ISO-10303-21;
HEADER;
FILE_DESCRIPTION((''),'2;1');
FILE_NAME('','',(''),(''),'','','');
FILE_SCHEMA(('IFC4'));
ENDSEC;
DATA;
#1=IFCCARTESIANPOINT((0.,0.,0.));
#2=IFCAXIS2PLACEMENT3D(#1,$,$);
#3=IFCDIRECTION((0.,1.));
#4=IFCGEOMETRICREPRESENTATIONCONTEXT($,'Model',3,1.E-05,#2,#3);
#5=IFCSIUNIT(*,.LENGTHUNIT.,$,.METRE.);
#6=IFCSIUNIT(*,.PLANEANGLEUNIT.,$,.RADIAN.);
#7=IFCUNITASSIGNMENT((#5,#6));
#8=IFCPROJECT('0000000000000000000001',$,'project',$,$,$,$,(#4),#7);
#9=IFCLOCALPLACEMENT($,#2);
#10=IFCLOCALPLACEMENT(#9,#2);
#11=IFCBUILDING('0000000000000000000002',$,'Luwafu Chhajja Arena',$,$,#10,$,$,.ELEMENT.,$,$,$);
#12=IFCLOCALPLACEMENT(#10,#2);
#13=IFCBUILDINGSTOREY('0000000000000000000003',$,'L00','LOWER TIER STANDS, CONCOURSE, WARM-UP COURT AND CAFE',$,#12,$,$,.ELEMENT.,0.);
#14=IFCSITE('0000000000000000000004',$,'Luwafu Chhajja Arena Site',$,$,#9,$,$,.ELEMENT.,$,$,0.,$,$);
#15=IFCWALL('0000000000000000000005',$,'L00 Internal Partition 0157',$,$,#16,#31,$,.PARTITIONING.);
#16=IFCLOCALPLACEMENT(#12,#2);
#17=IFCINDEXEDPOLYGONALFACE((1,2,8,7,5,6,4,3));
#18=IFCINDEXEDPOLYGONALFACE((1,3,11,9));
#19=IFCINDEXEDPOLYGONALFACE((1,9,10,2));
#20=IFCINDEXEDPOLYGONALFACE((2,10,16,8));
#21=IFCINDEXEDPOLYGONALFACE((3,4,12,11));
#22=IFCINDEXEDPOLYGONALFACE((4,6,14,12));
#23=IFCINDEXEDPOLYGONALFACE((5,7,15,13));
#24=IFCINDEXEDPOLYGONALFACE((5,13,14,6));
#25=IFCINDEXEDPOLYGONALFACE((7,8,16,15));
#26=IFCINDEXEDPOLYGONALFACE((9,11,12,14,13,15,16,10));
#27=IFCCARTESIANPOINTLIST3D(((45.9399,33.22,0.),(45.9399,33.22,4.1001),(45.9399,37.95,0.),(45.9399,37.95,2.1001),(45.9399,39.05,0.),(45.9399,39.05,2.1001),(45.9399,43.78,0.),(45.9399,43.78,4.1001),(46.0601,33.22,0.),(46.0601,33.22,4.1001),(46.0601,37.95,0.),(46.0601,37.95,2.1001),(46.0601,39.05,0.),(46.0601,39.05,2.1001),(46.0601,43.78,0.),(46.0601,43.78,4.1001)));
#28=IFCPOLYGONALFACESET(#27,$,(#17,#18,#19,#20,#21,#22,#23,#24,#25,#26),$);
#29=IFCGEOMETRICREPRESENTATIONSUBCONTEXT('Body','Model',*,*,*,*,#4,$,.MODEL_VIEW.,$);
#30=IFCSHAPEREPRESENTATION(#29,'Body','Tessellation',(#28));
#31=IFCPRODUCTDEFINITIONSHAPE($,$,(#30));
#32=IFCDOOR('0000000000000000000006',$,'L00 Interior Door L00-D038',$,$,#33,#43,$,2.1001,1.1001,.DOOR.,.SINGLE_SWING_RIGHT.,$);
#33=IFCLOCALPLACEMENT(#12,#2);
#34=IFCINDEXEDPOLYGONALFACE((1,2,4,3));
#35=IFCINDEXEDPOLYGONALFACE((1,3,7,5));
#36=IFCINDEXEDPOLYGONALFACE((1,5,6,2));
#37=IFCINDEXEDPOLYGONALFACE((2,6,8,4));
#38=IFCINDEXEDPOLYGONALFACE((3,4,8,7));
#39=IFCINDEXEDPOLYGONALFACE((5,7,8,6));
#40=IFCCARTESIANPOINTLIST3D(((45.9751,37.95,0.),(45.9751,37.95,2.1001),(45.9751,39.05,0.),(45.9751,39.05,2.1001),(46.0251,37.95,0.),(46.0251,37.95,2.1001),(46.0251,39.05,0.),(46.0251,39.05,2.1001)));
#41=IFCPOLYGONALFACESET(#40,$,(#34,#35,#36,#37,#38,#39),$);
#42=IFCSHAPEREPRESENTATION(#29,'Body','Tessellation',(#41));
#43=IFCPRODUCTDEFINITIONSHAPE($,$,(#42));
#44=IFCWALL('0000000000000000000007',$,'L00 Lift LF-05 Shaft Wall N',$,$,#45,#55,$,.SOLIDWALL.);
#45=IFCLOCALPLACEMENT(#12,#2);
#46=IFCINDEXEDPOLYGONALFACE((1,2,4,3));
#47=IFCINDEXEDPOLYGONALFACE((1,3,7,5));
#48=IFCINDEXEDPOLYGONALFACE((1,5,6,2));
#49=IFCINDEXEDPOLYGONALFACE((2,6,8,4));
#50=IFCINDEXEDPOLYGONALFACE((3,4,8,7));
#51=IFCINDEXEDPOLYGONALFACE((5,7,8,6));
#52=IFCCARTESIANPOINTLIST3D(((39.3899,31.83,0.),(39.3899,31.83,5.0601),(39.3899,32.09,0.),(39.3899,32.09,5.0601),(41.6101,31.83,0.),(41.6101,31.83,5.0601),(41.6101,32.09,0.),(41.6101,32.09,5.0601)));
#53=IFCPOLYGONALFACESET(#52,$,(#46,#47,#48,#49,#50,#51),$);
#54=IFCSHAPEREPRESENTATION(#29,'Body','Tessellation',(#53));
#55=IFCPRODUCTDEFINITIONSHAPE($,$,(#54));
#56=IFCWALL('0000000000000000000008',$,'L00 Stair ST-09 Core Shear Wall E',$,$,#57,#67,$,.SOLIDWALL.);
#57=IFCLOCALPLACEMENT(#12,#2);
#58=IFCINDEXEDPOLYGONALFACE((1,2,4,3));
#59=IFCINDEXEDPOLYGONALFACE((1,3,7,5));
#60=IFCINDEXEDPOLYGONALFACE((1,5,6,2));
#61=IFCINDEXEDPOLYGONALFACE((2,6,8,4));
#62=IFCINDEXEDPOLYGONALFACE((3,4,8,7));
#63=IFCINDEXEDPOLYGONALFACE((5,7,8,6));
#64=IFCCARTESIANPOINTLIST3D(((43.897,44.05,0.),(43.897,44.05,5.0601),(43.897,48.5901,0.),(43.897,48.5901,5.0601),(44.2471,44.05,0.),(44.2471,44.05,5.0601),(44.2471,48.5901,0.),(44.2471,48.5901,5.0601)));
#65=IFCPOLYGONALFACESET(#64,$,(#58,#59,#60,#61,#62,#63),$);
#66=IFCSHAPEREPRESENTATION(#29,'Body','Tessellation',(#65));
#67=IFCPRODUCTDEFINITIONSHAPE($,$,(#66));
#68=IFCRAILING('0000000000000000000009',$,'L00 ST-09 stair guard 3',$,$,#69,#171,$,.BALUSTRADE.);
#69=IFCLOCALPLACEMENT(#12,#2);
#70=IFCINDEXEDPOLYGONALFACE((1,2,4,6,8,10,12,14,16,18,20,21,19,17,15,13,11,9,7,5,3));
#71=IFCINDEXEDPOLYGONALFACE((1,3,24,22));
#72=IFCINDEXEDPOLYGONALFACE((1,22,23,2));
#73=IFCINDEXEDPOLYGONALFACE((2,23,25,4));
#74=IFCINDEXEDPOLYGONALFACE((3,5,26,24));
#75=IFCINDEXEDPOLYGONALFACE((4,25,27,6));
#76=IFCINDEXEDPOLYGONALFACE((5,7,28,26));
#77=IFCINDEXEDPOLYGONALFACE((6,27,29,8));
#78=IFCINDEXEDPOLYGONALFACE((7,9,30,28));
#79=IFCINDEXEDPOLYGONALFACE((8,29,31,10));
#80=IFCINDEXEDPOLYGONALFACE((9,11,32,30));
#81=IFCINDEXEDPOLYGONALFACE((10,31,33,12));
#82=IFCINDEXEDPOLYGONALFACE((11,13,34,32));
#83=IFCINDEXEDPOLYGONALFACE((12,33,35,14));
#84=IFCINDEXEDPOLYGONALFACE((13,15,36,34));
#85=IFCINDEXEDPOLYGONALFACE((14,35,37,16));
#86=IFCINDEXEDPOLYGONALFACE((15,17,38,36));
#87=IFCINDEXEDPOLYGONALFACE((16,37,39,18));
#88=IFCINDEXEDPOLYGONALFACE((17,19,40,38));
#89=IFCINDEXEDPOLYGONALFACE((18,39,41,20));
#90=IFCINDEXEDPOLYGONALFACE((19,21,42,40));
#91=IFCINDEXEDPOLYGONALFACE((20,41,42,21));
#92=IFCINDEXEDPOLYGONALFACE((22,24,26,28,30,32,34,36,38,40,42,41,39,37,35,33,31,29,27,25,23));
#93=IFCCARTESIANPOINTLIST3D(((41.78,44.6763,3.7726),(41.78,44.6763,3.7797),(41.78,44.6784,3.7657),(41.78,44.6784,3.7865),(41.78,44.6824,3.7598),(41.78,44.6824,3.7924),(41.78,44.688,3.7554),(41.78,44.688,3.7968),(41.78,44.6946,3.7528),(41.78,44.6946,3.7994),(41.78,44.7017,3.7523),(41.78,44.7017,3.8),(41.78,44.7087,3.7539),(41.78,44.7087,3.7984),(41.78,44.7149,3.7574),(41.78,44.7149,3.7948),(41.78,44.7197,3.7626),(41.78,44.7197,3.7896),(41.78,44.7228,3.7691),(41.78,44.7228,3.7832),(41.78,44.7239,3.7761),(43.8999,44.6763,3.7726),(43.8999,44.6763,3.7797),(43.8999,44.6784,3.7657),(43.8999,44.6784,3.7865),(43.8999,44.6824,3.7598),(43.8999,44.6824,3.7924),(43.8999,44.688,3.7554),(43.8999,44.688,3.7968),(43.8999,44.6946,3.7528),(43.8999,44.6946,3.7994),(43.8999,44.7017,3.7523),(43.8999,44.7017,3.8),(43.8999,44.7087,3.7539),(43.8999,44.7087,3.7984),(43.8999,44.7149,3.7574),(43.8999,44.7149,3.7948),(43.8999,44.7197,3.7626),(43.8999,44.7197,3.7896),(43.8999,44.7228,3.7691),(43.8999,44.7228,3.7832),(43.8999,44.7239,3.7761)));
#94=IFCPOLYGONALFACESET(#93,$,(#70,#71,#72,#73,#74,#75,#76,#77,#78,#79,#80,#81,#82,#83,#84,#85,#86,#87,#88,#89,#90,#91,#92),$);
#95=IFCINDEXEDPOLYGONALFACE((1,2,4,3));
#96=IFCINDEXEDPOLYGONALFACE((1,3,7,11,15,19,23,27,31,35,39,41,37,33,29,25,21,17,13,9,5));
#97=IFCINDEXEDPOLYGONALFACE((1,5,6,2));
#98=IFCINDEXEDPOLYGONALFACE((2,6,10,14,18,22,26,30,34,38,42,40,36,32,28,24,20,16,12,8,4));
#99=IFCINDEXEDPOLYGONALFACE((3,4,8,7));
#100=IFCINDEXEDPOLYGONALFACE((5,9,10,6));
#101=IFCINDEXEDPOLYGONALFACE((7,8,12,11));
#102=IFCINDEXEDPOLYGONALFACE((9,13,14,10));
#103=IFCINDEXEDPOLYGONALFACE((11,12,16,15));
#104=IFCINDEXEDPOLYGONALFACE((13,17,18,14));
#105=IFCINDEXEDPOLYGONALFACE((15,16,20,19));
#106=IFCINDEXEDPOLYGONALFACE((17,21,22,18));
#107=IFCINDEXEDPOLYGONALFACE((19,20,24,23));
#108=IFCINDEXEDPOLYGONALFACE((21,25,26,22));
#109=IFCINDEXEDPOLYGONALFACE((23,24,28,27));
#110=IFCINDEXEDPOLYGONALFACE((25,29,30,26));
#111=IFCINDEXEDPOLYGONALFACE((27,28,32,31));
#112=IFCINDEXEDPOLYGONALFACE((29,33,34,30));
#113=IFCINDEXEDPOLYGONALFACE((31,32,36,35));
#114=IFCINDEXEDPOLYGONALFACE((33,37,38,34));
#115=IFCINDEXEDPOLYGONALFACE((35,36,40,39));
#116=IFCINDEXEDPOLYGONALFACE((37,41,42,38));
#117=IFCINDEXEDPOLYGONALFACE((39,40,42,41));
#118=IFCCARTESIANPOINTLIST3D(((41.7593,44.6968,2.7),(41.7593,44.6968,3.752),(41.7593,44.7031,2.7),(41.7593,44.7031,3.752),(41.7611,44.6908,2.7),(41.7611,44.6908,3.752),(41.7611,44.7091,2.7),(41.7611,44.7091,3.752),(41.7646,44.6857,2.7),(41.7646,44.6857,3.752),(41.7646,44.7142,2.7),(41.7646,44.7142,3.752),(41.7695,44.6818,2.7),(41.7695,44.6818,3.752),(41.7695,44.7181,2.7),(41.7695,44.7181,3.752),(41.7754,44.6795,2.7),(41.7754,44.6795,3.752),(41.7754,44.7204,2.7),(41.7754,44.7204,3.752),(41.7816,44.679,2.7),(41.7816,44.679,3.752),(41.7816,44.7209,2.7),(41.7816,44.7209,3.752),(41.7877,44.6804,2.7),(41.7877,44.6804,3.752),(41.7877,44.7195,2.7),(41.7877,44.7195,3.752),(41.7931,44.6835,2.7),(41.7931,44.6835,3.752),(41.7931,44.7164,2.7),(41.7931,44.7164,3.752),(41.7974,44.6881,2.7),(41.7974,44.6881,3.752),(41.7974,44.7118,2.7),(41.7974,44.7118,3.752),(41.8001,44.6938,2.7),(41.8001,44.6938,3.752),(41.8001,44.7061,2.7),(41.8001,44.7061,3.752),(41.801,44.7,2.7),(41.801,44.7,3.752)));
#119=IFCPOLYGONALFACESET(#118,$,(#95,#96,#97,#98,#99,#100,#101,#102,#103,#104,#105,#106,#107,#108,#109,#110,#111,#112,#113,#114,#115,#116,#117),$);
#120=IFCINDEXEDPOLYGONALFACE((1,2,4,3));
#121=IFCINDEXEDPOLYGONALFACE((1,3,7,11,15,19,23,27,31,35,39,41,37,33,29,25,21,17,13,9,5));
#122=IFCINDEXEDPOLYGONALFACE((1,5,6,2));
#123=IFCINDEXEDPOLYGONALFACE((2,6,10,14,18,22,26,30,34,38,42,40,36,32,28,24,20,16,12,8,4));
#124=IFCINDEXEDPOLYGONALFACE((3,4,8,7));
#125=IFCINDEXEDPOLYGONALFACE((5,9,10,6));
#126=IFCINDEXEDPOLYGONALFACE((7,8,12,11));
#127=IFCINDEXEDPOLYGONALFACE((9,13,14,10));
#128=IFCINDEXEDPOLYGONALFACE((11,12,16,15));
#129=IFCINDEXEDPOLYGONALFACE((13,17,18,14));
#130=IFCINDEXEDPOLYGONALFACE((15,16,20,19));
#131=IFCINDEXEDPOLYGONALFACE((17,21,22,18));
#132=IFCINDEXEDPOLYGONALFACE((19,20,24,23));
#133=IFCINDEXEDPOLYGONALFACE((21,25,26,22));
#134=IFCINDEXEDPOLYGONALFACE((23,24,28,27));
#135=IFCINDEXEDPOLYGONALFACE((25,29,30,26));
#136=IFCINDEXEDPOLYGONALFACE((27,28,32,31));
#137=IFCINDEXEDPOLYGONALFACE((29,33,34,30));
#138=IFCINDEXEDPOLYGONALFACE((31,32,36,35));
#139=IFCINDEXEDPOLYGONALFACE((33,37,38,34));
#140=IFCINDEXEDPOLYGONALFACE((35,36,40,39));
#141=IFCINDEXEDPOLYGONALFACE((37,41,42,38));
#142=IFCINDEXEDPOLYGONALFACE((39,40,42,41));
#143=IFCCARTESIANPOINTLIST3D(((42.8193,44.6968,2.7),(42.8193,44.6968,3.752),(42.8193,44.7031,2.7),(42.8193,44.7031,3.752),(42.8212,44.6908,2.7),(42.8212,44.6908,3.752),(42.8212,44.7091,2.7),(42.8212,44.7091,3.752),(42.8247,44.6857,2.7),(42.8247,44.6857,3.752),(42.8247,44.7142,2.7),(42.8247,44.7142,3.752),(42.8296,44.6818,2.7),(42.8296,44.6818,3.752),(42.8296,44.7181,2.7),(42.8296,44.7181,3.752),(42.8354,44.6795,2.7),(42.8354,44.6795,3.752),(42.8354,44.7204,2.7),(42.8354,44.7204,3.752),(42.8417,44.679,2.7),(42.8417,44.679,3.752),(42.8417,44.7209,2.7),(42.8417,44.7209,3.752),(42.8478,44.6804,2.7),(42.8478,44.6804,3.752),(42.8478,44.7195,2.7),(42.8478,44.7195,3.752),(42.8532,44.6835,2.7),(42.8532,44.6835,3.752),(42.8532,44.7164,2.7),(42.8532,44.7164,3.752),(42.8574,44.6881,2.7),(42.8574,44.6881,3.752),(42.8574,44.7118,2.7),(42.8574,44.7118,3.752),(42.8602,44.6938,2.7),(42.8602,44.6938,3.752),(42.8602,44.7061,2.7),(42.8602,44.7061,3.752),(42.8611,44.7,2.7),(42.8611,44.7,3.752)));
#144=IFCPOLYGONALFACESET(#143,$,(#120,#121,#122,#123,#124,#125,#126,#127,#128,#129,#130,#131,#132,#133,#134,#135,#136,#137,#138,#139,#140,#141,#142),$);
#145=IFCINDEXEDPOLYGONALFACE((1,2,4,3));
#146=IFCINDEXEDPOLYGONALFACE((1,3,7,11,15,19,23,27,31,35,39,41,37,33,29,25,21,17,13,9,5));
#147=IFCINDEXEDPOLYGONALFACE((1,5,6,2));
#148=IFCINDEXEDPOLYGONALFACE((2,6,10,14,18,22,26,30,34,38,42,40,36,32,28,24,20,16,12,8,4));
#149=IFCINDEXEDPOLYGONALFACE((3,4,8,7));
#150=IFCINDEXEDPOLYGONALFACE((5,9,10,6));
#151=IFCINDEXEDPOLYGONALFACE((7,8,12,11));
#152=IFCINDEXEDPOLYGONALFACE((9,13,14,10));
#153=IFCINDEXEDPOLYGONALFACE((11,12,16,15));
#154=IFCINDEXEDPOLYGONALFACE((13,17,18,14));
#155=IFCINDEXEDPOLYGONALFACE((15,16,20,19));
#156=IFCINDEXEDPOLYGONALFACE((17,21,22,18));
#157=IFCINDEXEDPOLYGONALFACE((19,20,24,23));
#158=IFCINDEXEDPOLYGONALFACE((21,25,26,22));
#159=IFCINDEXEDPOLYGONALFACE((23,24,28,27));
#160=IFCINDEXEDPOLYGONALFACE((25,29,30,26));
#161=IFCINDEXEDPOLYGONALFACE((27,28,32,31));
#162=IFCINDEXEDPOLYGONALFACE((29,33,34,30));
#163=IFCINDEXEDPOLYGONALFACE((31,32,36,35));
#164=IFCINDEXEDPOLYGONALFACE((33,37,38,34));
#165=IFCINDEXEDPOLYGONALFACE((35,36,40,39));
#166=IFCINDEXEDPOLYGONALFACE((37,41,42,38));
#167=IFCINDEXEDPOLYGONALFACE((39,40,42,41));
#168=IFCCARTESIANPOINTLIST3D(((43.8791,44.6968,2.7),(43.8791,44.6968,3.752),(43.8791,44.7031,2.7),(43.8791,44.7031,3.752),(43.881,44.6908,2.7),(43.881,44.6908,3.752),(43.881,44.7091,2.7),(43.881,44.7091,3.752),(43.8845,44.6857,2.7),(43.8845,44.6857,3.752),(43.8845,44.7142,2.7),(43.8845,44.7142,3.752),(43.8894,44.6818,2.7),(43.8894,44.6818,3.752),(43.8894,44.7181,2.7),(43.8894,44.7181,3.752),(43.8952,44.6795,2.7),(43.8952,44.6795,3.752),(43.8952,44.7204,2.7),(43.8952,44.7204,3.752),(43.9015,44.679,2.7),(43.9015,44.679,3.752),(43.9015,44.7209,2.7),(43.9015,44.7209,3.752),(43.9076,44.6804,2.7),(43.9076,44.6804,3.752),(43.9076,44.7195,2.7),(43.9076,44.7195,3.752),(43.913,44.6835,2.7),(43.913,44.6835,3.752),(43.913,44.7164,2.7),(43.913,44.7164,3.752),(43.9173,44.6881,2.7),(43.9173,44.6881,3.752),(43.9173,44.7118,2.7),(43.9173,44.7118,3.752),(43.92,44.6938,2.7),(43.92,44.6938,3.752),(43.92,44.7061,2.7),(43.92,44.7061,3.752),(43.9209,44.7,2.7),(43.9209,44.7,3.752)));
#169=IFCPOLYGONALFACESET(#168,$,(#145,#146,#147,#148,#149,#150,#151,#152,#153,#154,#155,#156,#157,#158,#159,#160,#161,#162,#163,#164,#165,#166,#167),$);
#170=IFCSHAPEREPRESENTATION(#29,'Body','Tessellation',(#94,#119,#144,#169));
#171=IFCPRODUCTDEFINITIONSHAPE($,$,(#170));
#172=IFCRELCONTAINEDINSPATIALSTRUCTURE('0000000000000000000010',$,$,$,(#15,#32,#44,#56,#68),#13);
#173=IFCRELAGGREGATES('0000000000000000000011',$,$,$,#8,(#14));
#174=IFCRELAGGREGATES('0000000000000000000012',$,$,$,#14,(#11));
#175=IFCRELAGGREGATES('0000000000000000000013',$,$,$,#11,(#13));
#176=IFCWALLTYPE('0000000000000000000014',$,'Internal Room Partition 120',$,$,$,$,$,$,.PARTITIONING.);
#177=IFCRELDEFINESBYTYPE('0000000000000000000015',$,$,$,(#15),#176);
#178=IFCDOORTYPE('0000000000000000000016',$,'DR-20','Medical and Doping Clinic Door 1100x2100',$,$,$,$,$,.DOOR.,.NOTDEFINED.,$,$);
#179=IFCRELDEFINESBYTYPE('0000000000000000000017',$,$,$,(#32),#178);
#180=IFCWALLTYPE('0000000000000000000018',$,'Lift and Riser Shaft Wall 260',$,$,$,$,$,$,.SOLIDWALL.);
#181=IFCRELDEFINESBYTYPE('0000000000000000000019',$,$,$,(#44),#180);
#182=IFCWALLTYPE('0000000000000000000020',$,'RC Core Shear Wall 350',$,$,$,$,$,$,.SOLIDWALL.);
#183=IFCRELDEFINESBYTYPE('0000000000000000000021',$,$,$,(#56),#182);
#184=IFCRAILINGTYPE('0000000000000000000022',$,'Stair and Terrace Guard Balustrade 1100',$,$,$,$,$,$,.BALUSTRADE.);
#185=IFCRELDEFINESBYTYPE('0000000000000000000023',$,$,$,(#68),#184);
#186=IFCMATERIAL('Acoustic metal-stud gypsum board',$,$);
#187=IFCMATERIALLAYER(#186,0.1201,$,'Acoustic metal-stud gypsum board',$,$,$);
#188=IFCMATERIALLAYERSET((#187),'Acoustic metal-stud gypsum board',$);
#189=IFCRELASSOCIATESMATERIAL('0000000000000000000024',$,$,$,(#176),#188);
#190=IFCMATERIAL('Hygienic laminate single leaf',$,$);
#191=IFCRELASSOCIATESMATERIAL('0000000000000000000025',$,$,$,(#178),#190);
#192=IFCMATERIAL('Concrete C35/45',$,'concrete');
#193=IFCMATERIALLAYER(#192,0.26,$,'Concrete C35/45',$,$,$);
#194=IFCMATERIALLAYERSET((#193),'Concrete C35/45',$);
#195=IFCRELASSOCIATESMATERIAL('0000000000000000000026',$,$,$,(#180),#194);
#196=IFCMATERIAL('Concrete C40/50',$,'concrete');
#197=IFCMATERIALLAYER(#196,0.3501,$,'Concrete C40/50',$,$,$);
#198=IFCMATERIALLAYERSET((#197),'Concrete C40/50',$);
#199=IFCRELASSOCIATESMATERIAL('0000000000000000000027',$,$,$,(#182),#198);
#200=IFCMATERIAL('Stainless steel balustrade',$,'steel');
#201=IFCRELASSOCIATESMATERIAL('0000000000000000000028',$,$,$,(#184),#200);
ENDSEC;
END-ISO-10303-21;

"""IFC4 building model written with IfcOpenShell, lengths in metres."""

from ifc_helpers import new_model, si_unit, direction, frame, frame_2d, origin, origin_2d, place, context, subcontext, project, spatial, rectangle, circle, extrude, material, layer, layer_set, type_object, element, fill, save


model = new_model("IFC4")

# Units and contexts
model_context = context("Model", 3, precision=1e-05, world=origin(), true_north=direction((0.0, 1.0)))
body_context = subcontext(model_context, "Body", "Model", "MODEL_VIEW")
ifc_project = project(units=[si_unit("LENGTHUNIT", "METRE"), si_unit("PLANEANGLEUNIT", "RADIAN")], contexts=[model_context])

# Site, building, storey
site_placement = place(None, origin())
site = spatial("IfcSite", under=ifc_project, at=site_placement, Name="Luwafu Chhajja Arena Site", CompositionType="ELEMENT", RefElevation=0.0)
building_placement = place(site_placement, origin())
building = spatial("IfcBuilding", under=site, at=building_placement, Name="Luwafu Chhajja Arena", CompositionType="ELEMENT")
storey_placement = place(building_placement, origin())
storey = spatial("IfcBuildingStorey", under=building, at=storey_placement, Name="L00", Description="LOWER TIER STANDS, CONCOURSE, WARM-UP COURT AND CAFE", CompositionType="ELEMENT", Elevation=0.0)

# Shared definitions
ifc_material_1 = material(Name="Concrete C40/50", Category="concrete")
ifc_material_2 = material(Name="Concrete C35/45", Category="concrete")

# Wall, opening, door
ifc_material_3 = material(Name="Acoustic metal-stud gypsum board")
ifc_layer_1 = layer(ifc_material_3, 0.1201, Name="Acoustic metal-stud gypsum board")
ifc_layer_set_1 = layer_set([ifc_layer_1], Name="Acoustic metal-stud gypsum board")
wall_type_1 = type_object("IfcWallType", Name="Internal Room Partition 120", PredefinedType="PARTITIONING", material=ifc_layer_set_1)
wall_1_placement = place(storey_placement, frame((46.0, 33.22, 0.0), z_axis=(0.0, 0.0, 1.0), x_axis=(0.0, 1.0, 0.0)))
wall_1 = element("IfcWall", 1, at=wall_1_placement, inside=storey, type_object=wall_type_1, Name="L00 Internal Partition 0157", PredefinedType="PARTITIONING", context=body_context, shape_type="SweptSolid", body=[
    extrude(rectangle(XDim=10.5601, YDim=0.1201, at=frame_2d((5.28, 0.0))), origin(), (0.0, 0.0, 1.0), 4.1001),
])
opening_placement = place(wall_1_placement, frame((4.73, 0.0, 0.0)))
opening = element("IfcOpeningElement", 2, at=opening_placement, cuts=wall_1, PredefinedType="OPENING", context=body_context, shape_type="SweptSolid", body=[
    extrude(rectangle(XDim=1.1001, YDim=2.1001, at=frame_2d((0.55, 1.05))), frame((0.0, 0.0701, 0.0), z_axis=(0.0, -1.0, 0.0), x_axis=(1.0, 0.0, 0.0)), (0.0, 0.0, 1.0), 0.1401),
])
ifc_material_4 = material(Name="Hygienic laminate single leaf")
door_type = type_object("IfcDoorType", Name="DR-20", Description="Medical and Doping Clinic Door 1100x2100", OperationType="NOTDEFINED", PredefinedType="DOOR", material=ifc_material_4)
door_placement = place(opening_placement, origin())
door = element("IfcDoor", 3, at=door_placement, inside=storey, type_object=door_type, Name="L00 Interior Door L00-D038", OperationType="SINGLE_SWING_RIGHT", OverallHeight=2.1001, OverallWidth=1.1001, PredefinedType="DOOR", context=body_context, shape_type="SweptSolid", body=[
    extrude(rectangle(XDim=1.1001, YDim=2.1001, at=frame_2d((0.55, 1.05))), frame((0.0, 0.0249, 0.0), z_axis=(0.0, -1.0, 0.0), x_axis=(1.0, 0.0, 0.0)), (0.0, 0.0, 1.0), 0.05),
])
fill(opening, door)

# Walls
ifc_layer_2 = layer(ifc_material_2, 0.26, Name="Concrete C35/45")
ifc_layer_set_2 = layer_set([ifc_layer_2], Name="Concrete C35/45")
wall_type_2 = type_object("IfcWallType", Name="Lift and Riser Shaft Wall 260", PredefinedType="SOLIDWALL", material=ifc_layer_set_2)
wall_2_placement = place(storey_placement, frame((39.3899, 31.96, 0.0), z_axis=(0.0, 0.0, 1.0), x_axis=(1.0, 0.0, 0.0)))
element("IfcWall", 4, at=wall_2_placement, inside=storey, type_object=wall_type_2, Name="L00 Lift LF-05 Shaft Wall N", PredefinedType="SOLIDWALL", context=body_context, shape_type="SweptSolid", body=[
    extrude(rectangle(XDim=2.2202, YDim=0.26, at=frame_2d((1.1101, 0.0))), origin(), (0.0, 0.0, 1.0), 5.0601),
])
ifc_layer_3 = layer(ifc_material_1, 0.3501, Name="Concrete C40/50")
ifc_layer_set_3 = layer_set([ifc_layer_3], Name="Concrete C40/50")
wall_type_3 = type_object("IfcWallType", Name="RC Core Shear Wall 350", PredefinedType="SOLIDWALL", material=ifc_layer_set_3)
wall_3_placement = place(storey_placement, frame((44.072, 44.05, 0.0), z_axis=(0.0, 0.0, 1.0), x_axis=(0.0, 1.0, 0.0)))
element("IfcWall", 5, at=wall_3_placement, inside=storey, type_object=wall_type_3, Name="L00 Stair ST-09 Core Shear Wall E", PredefinedType="SOLIDWALL", context=body_context, shape_type="SweptSolid", body=[
    extrude(rectangle(XDim=4.54, YDim=0.3501, at=frame_2d((2.27, 0.0))), origin(), (0.0, 0.0, 1.0), 5.0601),
])

# Railing
ifc_material_5 = material(Name="Stainless steel balustrade", Category="steel")
railing_type = type_object("IfcRailingType", Name="Stair and Terrace Guard Balustrade 1100", PredefinedType="BALUSTRADE", material=ifc_material_5)
railing_1_placement = place(storey_placement, frame((41.78, 44.7, 2.7)))
element("IfcRailing", 6, at=railing_1_placement, inside=storey, type_object=railing_type, Name="L00 ST-09 stair guard 3", PredefinedType="BALUSTRADE", context=body_context, shape_type="SweptSolid", body=[
    extrude(circle(Radius=0.0239, at=origin_2d()), frame((0.0, 0.0, 1.0762), z_axis=(1.0, 0.0, 0.0), x_axis=(0.0, 1.0, 0.0)), (0.0, 0.0, 1.0), 2.1199),
    extrude(circle(Radius=0.021, at=origin_2d()), origin(), (0.0, 0.0, 1.0), 1.052),
    extrude(circle(Radius=0.021, at=origin_2d()), frame((1.0601, 0.0, 0.0)), (0.0, 0.0, 1.0), 1.052),
    extrude(circle(Radius=0.021, at=origin_2d()), frame((2.1199, 0.0, 0.0)), (0.0, 0.0, 1.0), 1.052),
])

save(model, "model.ifc")
